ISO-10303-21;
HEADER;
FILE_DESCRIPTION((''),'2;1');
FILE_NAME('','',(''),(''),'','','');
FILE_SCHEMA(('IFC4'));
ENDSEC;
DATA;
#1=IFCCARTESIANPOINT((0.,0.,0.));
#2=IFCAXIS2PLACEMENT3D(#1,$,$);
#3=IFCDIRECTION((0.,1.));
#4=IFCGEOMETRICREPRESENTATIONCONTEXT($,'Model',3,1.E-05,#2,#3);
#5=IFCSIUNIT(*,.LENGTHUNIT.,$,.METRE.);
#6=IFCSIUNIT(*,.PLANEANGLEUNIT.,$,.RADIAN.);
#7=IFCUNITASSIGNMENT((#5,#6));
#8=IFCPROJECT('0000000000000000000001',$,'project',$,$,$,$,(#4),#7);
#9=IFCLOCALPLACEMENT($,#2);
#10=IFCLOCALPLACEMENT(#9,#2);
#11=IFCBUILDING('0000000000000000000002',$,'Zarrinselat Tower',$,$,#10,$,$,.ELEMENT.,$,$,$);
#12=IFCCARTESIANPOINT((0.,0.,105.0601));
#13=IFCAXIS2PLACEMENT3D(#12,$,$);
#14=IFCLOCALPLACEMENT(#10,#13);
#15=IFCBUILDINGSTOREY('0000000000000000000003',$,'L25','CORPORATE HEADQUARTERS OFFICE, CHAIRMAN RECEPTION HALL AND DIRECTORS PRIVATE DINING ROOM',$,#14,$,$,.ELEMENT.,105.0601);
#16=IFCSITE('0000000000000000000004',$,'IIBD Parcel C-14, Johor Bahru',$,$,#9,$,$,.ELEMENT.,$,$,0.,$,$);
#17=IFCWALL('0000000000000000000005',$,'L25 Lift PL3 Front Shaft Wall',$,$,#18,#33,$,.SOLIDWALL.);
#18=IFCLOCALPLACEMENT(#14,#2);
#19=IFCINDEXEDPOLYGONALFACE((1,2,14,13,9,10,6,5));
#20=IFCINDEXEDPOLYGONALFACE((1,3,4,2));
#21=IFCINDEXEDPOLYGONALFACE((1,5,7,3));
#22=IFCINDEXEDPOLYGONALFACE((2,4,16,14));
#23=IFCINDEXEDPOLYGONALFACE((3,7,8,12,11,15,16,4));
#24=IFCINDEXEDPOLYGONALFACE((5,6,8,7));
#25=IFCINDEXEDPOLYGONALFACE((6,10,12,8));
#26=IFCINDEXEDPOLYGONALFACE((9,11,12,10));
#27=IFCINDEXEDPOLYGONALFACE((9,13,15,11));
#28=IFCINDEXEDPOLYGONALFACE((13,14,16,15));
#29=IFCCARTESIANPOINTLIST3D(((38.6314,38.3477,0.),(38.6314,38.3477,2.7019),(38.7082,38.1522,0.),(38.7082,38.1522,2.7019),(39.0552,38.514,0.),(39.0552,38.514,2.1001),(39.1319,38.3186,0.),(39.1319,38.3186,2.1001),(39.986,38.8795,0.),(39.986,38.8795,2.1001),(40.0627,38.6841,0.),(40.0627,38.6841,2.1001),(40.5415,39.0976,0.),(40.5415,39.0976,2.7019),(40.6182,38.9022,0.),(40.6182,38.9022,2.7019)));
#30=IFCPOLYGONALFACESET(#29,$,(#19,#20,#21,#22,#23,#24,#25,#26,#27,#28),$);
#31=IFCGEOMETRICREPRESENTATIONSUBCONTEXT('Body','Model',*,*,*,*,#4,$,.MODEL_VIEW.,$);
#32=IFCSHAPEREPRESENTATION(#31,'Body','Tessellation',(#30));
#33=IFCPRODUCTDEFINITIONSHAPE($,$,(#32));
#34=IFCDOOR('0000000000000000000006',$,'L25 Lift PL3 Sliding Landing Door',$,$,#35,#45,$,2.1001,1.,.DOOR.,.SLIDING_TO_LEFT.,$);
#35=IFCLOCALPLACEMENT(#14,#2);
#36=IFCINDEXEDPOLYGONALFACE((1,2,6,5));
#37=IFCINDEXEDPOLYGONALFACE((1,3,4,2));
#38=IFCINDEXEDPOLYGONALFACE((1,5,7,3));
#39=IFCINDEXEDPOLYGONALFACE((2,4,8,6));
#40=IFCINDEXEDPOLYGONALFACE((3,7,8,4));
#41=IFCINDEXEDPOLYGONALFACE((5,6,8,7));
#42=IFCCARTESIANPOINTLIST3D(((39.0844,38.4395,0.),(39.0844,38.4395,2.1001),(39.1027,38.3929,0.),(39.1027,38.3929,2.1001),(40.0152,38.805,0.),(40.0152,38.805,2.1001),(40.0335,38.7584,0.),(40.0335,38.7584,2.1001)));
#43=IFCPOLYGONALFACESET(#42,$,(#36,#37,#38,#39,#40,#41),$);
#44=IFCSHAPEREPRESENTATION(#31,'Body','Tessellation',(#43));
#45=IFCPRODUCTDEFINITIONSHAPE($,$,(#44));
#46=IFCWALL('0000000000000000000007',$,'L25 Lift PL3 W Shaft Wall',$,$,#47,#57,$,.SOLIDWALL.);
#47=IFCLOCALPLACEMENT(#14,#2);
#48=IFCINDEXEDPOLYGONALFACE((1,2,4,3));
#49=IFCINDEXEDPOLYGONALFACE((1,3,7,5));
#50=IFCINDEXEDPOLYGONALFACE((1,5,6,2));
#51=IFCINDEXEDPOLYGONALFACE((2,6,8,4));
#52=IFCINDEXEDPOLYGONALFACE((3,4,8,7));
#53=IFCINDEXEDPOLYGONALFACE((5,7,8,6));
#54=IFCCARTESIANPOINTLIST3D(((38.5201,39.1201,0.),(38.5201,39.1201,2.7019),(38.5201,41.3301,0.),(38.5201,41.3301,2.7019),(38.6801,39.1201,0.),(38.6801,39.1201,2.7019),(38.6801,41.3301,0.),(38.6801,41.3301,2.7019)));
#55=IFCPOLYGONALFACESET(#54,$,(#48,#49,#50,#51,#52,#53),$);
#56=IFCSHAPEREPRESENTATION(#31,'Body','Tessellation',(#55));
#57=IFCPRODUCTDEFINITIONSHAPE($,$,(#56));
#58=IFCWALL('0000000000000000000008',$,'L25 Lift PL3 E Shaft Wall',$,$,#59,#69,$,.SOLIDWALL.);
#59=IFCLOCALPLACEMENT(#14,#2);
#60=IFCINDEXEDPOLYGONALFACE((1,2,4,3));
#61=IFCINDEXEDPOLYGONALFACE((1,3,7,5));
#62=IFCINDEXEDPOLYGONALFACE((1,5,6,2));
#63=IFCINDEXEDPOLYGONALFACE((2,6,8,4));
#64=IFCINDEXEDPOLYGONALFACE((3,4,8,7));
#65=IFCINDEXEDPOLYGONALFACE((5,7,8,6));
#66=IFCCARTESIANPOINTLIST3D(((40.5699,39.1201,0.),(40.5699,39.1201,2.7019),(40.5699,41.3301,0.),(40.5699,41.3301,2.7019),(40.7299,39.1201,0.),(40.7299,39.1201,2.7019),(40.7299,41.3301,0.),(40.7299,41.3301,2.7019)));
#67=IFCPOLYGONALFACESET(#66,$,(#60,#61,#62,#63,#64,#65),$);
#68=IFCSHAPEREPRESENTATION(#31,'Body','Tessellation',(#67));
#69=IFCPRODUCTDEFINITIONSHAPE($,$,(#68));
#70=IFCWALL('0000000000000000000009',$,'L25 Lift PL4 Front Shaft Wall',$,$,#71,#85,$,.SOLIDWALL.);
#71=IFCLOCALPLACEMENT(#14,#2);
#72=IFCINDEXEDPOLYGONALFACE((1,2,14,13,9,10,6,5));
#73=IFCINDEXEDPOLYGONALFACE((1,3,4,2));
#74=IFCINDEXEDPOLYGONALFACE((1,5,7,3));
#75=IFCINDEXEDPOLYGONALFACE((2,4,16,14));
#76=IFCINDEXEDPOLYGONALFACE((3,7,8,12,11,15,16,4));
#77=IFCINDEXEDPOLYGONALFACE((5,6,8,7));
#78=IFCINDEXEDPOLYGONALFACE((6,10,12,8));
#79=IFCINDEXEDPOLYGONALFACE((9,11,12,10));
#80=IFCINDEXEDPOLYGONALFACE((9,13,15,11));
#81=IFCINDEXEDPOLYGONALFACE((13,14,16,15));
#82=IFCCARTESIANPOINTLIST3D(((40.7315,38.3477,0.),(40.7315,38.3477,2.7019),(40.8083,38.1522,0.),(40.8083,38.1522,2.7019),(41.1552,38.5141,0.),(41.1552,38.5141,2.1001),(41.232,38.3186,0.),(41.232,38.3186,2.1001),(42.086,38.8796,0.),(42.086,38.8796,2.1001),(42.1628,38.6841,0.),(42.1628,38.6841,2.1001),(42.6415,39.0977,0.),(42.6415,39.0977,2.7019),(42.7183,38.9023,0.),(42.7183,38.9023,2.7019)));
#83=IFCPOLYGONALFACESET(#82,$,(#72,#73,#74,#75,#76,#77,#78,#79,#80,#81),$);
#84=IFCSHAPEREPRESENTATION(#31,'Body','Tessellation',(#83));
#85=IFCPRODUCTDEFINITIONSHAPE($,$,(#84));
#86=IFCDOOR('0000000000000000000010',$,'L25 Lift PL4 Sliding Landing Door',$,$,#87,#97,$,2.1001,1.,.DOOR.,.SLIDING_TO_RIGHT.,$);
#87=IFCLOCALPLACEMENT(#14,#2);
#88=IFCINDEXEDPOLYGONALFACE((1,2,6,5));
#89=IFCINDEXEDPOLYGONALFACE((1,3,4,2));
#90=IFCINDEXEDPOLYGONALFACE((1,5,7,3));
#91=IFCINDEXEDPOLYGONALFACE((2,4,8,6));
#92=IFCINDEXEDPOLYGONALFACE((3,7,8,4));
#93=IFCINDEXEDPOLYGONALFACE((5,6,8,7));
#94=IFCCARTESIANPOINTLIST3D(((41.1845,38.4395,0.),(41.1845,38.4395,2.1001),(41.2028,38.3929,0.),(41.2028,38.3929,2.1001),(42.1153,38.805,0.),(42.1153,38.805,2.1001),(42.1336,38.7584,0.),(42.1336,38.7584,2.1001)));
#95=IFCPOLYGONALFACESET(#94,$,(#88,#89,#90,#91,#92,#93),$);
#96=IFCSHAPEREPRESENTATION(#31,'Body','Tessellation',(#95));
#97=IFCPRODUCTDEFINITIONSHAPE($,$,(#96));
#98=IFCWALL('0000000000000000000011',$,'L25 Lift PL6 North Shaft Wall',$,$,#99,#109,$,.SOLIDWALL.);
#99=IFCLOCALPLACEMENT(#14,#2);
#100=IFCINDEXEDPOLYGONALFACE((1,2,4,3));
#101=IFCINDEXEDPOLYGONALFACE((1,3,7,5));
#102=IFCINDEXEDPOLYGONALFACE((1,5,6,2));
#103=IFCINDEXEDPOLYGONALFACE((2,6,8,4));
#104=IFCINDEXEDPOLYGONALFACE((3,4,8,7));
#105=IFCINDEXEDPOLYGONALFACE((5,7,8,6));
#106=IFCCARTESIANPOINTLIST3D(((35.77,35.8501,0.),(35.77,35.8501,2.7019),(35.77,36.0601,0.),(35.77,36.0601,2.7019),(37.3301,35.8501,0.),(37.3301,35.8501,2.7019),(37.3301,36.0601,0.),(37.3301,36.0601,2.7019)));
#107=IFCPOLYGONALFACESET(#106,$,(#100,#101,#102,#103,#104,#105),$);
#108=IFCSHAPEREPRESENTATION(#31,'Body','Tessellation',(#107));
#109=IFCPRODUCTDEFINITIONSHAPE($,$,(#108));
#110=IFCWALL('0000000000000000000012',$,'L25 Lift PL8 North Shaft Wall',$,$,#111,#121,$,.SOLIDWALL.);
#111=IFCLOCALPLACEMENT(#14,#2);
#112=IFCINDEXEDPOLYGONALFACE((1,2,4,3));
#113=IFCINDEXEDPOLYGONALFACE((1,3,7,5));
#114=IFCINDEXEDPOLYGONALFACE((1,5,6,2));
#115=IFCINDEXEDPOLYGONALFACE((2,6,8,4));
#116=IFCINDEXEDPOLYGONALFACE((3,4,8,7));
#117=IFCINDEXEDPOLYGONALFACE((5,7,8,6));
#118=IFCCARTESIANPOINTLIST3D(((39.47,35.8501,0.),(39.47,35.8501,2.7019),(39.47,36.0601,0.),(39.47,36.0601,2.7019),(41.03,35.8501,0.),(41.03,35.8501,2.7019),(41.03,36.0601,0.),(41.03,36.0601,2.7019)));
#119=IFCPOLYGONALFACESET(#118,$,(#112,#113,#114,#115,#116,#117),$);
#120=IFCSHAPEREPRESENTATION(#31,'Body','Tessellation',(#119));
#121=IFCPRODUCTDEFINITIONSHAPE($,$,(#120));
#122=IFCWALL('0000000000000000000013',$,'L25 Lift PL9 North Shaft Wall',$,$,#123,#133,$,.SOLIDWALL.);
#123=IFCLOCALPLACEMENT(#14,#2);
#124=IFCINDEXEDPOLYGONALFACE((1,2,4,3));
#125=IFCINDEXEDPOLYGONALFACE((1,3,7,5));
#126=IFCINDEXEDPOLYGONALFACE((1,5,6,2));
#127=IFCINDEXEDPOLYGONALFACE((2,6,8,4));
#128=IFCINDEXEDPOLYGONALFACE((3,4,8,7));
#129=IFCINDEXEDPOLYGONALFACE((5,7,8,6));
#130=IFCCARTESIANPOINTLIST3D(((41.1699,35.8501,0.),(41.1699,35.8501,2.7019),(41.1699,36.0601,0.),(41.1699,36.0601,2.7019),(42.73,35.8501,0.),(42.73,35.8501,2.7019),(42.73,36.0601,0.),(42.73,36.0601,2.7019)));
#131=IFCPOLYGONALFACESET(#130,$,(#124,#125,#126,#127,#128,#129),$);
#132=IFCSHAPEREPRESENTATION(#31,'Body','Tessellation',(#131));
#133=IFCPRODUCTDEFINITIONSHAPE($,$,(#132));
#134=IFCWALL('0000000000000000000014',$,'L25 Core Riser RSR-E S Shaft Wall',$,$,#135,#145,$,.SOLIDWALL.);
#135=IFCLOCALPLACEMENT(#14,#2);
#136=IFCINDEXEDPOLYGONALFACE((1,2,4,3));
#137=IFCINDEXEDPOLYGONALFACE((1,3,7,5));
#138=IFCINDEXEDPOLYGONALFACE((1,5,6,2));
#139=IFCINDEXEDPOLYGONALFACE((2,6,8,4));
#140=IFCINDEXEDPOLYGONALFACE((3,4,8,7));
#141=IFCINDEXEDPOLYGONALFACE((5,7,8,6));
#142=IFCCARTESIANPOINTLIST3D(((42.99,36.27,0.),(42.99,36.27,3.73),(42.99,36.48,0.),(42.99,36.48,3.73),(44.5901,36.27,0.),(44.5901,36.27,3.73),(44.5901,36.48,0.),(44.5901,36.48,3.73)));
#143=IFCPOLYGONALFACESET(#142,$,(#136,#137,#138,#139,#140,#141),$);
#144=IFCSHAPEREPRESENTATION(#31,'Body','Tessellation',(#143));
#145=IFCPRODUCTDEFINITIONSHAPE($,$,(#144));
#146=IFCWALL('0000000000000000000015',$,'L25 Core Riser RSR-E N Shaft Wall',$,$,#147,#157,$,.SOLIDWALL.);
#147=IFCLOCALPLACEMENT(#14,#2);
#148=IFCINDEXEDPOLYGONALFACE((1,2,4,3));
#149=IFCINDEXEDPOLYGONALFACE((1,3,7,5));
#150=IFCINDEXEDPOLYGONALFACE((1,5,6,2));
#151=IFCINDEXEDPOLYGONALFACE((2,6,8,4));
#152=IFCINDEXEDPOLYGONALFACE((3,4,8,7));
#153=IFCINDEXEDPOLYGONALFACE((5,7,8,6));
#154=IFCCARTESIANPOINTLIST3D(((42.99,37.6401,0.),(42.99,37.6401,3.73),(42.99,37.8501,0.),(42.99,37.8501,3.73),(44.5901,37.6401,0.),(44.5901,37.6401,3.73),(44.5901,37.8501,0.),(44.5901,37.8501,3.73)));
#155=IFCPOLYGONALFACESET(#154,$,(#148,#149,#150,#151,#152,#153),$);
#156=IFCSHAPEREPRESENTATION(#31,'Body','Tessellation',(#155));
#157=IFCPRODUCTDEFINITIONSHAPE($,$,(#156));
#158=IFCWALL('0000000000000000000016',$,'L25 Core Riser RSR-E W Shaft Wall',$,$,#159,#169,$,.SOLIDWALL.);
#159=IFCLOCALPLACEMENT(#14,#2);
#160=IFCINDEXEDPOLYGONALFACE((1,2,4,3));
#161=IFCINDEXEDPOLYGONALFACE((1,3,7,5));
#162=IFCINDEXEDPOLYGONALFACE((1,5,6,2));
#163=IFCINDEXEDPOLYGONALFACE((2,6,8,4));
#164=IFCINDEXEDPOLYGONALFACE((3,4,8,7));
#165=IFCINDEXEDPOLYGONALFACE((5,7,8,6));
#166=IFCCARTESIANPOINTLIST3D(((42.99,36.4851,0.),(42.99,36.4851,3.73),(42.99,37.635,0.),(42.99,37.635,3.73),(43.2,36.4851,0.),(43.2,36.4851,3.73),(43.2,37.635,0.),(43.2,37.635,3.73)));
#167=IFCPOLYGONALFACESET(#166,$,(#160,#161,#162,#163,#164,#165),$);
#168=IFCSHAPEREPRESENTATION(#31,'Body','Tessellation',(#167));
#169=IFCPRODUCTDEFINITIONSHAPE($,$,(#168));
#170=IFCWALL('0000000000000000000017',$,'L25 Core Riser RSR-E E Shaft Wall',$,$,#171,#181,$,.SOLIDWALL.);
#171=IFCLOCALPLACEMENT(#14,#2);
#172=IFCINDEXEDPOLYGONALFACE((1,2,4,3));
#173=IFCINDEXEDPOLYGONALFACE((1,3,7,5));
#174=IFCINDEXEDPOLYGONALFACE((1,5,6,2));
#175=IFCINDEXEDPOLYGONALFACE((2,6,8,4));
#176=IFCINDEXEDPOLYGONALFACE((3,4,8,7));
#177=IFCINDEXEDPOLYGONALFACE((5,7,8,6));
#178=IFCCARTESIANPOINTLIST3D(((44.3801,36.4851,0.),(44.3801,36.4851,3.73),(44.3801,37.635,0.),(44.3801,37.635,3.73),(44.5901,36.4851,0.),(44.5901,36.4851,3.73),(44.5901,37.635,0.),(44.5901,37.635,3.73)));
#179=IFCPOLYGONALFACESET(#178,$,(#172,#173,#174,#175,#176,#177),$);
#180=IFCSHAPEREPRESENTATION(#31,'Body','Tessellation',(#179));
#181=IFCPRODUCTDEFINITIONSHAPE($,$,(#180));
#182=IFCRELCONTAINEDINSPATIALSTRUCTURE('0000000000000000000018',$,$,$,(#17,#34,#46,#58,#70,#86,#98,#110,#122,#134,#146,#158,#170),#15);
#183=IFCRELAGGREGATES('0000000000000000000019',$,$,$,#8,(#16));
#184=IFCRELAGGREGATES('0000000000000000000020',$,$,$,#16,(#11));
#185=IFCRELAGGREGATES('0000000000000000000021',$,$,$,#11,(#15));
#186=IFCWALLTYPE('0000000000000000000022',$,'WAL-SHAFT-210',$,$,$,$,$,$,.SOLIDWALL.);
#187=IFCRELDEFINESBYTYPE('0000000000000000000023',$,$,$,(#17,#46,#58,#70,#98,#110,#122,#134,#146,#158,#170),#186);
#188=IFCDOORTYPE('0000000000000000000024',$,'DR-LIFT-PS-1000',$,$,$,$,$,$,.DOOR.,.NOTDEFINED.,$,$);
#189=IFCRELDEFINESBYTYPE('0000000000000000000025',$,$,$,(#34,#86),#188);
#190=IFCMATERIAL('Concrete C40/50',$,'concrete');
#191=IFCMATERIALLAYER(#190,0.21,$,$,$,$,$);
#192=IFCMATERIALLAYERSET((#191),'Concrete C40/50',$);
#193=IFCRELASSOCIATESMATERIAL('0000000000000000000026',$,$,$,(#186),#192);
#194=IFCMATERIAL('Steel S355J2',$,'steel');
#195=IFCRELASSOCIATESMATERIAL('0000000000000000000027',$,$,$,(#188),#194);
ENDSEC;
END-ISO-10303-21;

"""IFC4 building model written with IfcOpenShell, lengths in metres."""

from ifc_helpers import new_model, si_unit, direction, frame, frame_2d, origin, place, context, subcontext, project, spatial, rectangle, extrude, material, layer, layer_set, type_object, element, fill, save


model = new_model("IFC4")

# Units and contexts
model_context = context("Model", 3, precision=1e-05, world=origin(), true_north=direction((0.0, 1.0)))
body_context = subcontext(model_context, "Body", "Model", "MODEL_VIEW")
ifc_project = project(units=[si_unit("LENGTHUNIT", "METRE"), si_unit("PLANEANGLEUNIT", "RADIAN")], contexts=[model_context])

# Site, building, storey
site_placement = place(None, origin())
site = spatial("IfcSite", under=ifc_project, at=site_placement, Name="IIBD Parcel C-14, Johor Bahru", CompositionType="ELEMENT", RefElevation=0.0)
building_placement = place(site_placement, origin())
building = spatial("IfcBuilding", under=site, at=building_placement, Name="Zarrinselat Tower", CompositionType="ELEMENT")
storey_placement = place(building_placement, frame((0.0, 0.0, 105.0601)))
storey = spatial("IfcBuildingStorey", under=building, at=storey_placement, Name="L25", Description="CORPORATE HEADQUARTERS OFFICE, CHAIRMAN RECEPTION HALL AND DIRECTORS PRIVATE DINING ROOM", CompositionType="ELEMENT", Elevation=105.0601)

# Shared definitions
ifc_material_1 = material(Name="Concrete C40/50", Category="concrete")
ifc_layer_1 = layer(ifc_material_1, 0.21)
ifc_layer_set_1 = layer_set([ifc_layer_1], Name="Concrete C40/50")
wall_type_1 = type_object("IfcWallType", Name="WAL-SHAFT-210", PredefinedType="SOLIDWALL", material=ifc_layer_set_1)

# Shared definitions
ifc_material_2 = material(Name="Steel S355J2", Category="steel")
door_type_1 = type_object("IfcDoorType", Name="DR-LIFT-PS-1000", OperationType="NOTDEFINED", PredefinedType="DOOR", material=ifc_material_2)

# Wall, opening, door
wall_1_placement = place(storey_placement, frame((38.6699, 38.25, 0.0), z_axis=(0.0, 0.0, 1.0), x_axis=(0.930821, 0.365476, 0.0)))
wall_1 = element("IfcWall", 1, at=wall_1_placement, inside=storey, type_object=wall_type_1, Name="L25 Lift PL3 Front Shaft Wall", PredefinedType="SOLIDWALL", context=body_context, shape_type="SweptSolid", body=[
    extrude(rectangle(XDim=2.052, YDim=0.21, at=frame_2d((1.0259, 0.0))), origin(), (0.0, 0.0, 1.0), 2.7019),
])
opening_1_placement = place(wall_1_placement, frame((0.4551, 0.0, 0.0)))
opening_1 = element("IfcOpeningElement", 2, at=opening_1_placement, cuts=wall_1, PredefinedType="OPENING", context=body_context, shape_type="SweptSolid", body=[
    extrude(rectangle(XDim=1.0, YDim=2.1001, at=frame_2d((0.5, 1.05))), frame((0.0, 0.115, 0.0), z_axis=(0.0, -1.0, 0.0), x_axis=(1.0, 0.0, 0.0)), (0.0, 0.0, 1.0), 0.23),
])
door_1_placement = place(opening_1_placement, origin())
door_1 = element("IfcDoor", 3, at=door_1_placement, inside=storey, type_object=door_type_1, Name="L25 Lift PL3 Sliding Landing Door", OperationType="SLIDING_TO_LEFT", OverallHeight=2.1001, OverallWidth=1.0, PredefinedType="DOOR", context=body_context, shape_type="SweptSolid", body=[
    extrude(rectangle(XDim=1.0, YDim=2.1001, at=frame_2d((0.5, 1.05))), frame((0.0, 0.0249, 0.0), z_axis=(0.0, -1.0, 0.0), x_axis=(1.0, 0.0, 0.0)), (0.0, 0.0, 1.0), 0.05),
])
fill(opening_1, door_1)

# Walls
for number, where, z_axis, x_axis, name in (
    (4, (38.6001, 39.1201, 0.0), (0.0, 0.0, 1.0), (0.0, 1.0, 0.0), "L25 Lift PL3 W Shaft Wall"),
    (5, (40.6499, 39.1201, 0.0), (0.0, 0.0, 1.0), (0.0, 1.0, 0.0), "L25 Lift PL3 E Shaft Wall"),
):
    element("IfcWall", number, at=place(storey_placement, frame(where, z_axis=z_axis, x_axis=x_axis)), inside=storey, type_object=wall_type_1, Name=name, PredefinedType="SOLIDWALL", context=body_context, shape_type="SweptSolid", body=[
        extrude(rectangle(XDim=2.21, YDim=0.1599, at=frame_2d((1.105, 0.0))), origin(), (0.0, 0.0, 1.0), 2.7019),
    ])

# Wall, opening, door
wall_2_placement = place(storey_placement, frame((40.77, 38.25, 0.0), z_axis=(0.0, 0.0, 1.0), x_axis=(0.930805, 0.365516, 0.0)))
wall_2 = element("IfcWall", 6, at=wall_2_placement, inside=storey, type_object=wall_type_1, Name="L25 Lift PL4 Front Shaft Wall", PredefinedType="SOLIDWALL", context=body_context, shape_type="SweptSolid", body=[
    extrude(rectangle(XDim=2.052, YDim=0.21, at=frame_2d((1.0259, 0.0))), origin(), (0.0, 0.0, 1.0), 2.7019),
])
opening_2_placement = place(wall_2_placement, frame((0.4551, 0.0, 0.0)))
opening_2 = element("IfcOpeningElement", 7, at=opening_2_placement, cuts=wall_2, PredefinedType="OPENING", context=body_context, shape_type="SweptSolid", body=[
    extrude(rectangle(XDim=1.0, YDim=2.1001, at=frame_2d((0.5, 1.05))), frame((0.0, 0.115, 0.0), z_axis=(0.0, -1.0, 0.0), x_axis=(1.0, 0.0, 0.0)), (0.0, 0.0, 1.0), 0.23),
])
door_2_placement = place(opening_2_placement, origin())
door_2 = element("IfcDoor", 8, at=door_2_placement, inside=storey, type_object=door_type_1, Name="L25 Lift PL4 Sliding Landing Door", OperationType="SLIDING_TO_RIGHT", OverallHeight=2.1001, OverallWidth=1.0, PredefinedType="DOOR", context=body_context, shape_type="SweptSolid", body=[
    extrude(rectangle(XDim=1.0, YDim=2.1001, at=frame_2d((0.5, 1.05))), frame((0.0, 0.0249, 0.0), z_axis=(0.0, -1.0, 0.0), x_axis=(1.0, 0.0, 0.0)), (0.0, 0.0, 1.0), 0.05),
])
fill(opening_2, door_2)

# Walls
for number, where, z_axis, x_axis, name in (
    (9, (35.77, 35.9551, 0.0), (0.0, 0.0, 1.0), (1.0, 0.0, 0.0), "L25 Lift PL6 North Shaft Wall"),
    (10, (39.47, 35.9551, 0.0), (0.0, 0.0, 1.0), (1.0, 0.0, 0.0), "L25 Lift PL8 North Shaft Wall"),
    (11, (41.1699, 35.9551, 0.0), (0.0, 0.0, 1.0), (1.0, 0.0, 0.0), "L25 Lift PL9 North Shaft Wall"),
):
    element("IfcWall", number, at=place(storey_placement, frame(where, z_axis=z_axis, x_axis=x_axis)), inside=storey, type_object=wall_type_1, Name=name, PredefinedType="SOLIDWALL", context=body_context, shape_type="SweptSolid", body=[
        extrude(rectangle(XDim=1.5601, YDim=0.21, at=frame_2d((0.78, 0.0))), origin(), (0.0, 0.0, 1.0), 2.7019),
    ])
for number, where, z_axis, x_axis, name in (
    (12, (42.99, 36.375, 0.0), (0.0, 0.0, 1.0), (1.0, 0.0, 0.0), "L25 Core Riser RSR-E S Shaft Wall"),
    (13, (42.99, 37.7451, 0.0), (0.0, 0.0, 1.0), (1.0, 0.0, 0.0), "L25 Core Riser RSR-E N Shaft Wall"),
):
    element("IfcWall", number, at=place(storey_placement, frame(where, z_axis=z_axis, x_axis=x_axis)), inside=storey, type_object=wall_type_1, Name=name, PredefinedType="SOLIDWALL", context=body_context, shape_type="SweptSolid", body=[
        extrude(rectangle(XDim=1.6001, YDim=0.21, at=frame_2d((0.8, 0.0))), origin(), (0.0, 0.0, 1.0), 3.73),
    ])
for number, where, z_axis, x_axis, name in (
    (14, (43.095, 36.4851, 0.0), (0.0, 0.0, 1.0), (0.0, 1.0, 0.0), "L25 Core Riser RSR-E W Shaft Wall"),
    (15, (44.4851, 36.4851, 0.0), (0.0, 0.0, 1.0), (0.0, 1.0, 0.0), "L25 Core Riser RSR-E E Shaft Wall"),
):
    element("IfcWall", number, at=place(storey_placement, frame(where, z_axis=z_axis, x_axis=x_axis)), inside=storey, type_object=wall_type_1, Name=name, PredefinedType="SOLIDWALL", context=body_context, shape_type="SweptSolid", body=[
        extrude(rectangle(XDim=1.1499, YDim=0.21, at=frame_2d((0.575, 0.0))), origin(), (0.0, 0.0, 1.0), 3.73),
    ])

save(model, "model.ifc")
